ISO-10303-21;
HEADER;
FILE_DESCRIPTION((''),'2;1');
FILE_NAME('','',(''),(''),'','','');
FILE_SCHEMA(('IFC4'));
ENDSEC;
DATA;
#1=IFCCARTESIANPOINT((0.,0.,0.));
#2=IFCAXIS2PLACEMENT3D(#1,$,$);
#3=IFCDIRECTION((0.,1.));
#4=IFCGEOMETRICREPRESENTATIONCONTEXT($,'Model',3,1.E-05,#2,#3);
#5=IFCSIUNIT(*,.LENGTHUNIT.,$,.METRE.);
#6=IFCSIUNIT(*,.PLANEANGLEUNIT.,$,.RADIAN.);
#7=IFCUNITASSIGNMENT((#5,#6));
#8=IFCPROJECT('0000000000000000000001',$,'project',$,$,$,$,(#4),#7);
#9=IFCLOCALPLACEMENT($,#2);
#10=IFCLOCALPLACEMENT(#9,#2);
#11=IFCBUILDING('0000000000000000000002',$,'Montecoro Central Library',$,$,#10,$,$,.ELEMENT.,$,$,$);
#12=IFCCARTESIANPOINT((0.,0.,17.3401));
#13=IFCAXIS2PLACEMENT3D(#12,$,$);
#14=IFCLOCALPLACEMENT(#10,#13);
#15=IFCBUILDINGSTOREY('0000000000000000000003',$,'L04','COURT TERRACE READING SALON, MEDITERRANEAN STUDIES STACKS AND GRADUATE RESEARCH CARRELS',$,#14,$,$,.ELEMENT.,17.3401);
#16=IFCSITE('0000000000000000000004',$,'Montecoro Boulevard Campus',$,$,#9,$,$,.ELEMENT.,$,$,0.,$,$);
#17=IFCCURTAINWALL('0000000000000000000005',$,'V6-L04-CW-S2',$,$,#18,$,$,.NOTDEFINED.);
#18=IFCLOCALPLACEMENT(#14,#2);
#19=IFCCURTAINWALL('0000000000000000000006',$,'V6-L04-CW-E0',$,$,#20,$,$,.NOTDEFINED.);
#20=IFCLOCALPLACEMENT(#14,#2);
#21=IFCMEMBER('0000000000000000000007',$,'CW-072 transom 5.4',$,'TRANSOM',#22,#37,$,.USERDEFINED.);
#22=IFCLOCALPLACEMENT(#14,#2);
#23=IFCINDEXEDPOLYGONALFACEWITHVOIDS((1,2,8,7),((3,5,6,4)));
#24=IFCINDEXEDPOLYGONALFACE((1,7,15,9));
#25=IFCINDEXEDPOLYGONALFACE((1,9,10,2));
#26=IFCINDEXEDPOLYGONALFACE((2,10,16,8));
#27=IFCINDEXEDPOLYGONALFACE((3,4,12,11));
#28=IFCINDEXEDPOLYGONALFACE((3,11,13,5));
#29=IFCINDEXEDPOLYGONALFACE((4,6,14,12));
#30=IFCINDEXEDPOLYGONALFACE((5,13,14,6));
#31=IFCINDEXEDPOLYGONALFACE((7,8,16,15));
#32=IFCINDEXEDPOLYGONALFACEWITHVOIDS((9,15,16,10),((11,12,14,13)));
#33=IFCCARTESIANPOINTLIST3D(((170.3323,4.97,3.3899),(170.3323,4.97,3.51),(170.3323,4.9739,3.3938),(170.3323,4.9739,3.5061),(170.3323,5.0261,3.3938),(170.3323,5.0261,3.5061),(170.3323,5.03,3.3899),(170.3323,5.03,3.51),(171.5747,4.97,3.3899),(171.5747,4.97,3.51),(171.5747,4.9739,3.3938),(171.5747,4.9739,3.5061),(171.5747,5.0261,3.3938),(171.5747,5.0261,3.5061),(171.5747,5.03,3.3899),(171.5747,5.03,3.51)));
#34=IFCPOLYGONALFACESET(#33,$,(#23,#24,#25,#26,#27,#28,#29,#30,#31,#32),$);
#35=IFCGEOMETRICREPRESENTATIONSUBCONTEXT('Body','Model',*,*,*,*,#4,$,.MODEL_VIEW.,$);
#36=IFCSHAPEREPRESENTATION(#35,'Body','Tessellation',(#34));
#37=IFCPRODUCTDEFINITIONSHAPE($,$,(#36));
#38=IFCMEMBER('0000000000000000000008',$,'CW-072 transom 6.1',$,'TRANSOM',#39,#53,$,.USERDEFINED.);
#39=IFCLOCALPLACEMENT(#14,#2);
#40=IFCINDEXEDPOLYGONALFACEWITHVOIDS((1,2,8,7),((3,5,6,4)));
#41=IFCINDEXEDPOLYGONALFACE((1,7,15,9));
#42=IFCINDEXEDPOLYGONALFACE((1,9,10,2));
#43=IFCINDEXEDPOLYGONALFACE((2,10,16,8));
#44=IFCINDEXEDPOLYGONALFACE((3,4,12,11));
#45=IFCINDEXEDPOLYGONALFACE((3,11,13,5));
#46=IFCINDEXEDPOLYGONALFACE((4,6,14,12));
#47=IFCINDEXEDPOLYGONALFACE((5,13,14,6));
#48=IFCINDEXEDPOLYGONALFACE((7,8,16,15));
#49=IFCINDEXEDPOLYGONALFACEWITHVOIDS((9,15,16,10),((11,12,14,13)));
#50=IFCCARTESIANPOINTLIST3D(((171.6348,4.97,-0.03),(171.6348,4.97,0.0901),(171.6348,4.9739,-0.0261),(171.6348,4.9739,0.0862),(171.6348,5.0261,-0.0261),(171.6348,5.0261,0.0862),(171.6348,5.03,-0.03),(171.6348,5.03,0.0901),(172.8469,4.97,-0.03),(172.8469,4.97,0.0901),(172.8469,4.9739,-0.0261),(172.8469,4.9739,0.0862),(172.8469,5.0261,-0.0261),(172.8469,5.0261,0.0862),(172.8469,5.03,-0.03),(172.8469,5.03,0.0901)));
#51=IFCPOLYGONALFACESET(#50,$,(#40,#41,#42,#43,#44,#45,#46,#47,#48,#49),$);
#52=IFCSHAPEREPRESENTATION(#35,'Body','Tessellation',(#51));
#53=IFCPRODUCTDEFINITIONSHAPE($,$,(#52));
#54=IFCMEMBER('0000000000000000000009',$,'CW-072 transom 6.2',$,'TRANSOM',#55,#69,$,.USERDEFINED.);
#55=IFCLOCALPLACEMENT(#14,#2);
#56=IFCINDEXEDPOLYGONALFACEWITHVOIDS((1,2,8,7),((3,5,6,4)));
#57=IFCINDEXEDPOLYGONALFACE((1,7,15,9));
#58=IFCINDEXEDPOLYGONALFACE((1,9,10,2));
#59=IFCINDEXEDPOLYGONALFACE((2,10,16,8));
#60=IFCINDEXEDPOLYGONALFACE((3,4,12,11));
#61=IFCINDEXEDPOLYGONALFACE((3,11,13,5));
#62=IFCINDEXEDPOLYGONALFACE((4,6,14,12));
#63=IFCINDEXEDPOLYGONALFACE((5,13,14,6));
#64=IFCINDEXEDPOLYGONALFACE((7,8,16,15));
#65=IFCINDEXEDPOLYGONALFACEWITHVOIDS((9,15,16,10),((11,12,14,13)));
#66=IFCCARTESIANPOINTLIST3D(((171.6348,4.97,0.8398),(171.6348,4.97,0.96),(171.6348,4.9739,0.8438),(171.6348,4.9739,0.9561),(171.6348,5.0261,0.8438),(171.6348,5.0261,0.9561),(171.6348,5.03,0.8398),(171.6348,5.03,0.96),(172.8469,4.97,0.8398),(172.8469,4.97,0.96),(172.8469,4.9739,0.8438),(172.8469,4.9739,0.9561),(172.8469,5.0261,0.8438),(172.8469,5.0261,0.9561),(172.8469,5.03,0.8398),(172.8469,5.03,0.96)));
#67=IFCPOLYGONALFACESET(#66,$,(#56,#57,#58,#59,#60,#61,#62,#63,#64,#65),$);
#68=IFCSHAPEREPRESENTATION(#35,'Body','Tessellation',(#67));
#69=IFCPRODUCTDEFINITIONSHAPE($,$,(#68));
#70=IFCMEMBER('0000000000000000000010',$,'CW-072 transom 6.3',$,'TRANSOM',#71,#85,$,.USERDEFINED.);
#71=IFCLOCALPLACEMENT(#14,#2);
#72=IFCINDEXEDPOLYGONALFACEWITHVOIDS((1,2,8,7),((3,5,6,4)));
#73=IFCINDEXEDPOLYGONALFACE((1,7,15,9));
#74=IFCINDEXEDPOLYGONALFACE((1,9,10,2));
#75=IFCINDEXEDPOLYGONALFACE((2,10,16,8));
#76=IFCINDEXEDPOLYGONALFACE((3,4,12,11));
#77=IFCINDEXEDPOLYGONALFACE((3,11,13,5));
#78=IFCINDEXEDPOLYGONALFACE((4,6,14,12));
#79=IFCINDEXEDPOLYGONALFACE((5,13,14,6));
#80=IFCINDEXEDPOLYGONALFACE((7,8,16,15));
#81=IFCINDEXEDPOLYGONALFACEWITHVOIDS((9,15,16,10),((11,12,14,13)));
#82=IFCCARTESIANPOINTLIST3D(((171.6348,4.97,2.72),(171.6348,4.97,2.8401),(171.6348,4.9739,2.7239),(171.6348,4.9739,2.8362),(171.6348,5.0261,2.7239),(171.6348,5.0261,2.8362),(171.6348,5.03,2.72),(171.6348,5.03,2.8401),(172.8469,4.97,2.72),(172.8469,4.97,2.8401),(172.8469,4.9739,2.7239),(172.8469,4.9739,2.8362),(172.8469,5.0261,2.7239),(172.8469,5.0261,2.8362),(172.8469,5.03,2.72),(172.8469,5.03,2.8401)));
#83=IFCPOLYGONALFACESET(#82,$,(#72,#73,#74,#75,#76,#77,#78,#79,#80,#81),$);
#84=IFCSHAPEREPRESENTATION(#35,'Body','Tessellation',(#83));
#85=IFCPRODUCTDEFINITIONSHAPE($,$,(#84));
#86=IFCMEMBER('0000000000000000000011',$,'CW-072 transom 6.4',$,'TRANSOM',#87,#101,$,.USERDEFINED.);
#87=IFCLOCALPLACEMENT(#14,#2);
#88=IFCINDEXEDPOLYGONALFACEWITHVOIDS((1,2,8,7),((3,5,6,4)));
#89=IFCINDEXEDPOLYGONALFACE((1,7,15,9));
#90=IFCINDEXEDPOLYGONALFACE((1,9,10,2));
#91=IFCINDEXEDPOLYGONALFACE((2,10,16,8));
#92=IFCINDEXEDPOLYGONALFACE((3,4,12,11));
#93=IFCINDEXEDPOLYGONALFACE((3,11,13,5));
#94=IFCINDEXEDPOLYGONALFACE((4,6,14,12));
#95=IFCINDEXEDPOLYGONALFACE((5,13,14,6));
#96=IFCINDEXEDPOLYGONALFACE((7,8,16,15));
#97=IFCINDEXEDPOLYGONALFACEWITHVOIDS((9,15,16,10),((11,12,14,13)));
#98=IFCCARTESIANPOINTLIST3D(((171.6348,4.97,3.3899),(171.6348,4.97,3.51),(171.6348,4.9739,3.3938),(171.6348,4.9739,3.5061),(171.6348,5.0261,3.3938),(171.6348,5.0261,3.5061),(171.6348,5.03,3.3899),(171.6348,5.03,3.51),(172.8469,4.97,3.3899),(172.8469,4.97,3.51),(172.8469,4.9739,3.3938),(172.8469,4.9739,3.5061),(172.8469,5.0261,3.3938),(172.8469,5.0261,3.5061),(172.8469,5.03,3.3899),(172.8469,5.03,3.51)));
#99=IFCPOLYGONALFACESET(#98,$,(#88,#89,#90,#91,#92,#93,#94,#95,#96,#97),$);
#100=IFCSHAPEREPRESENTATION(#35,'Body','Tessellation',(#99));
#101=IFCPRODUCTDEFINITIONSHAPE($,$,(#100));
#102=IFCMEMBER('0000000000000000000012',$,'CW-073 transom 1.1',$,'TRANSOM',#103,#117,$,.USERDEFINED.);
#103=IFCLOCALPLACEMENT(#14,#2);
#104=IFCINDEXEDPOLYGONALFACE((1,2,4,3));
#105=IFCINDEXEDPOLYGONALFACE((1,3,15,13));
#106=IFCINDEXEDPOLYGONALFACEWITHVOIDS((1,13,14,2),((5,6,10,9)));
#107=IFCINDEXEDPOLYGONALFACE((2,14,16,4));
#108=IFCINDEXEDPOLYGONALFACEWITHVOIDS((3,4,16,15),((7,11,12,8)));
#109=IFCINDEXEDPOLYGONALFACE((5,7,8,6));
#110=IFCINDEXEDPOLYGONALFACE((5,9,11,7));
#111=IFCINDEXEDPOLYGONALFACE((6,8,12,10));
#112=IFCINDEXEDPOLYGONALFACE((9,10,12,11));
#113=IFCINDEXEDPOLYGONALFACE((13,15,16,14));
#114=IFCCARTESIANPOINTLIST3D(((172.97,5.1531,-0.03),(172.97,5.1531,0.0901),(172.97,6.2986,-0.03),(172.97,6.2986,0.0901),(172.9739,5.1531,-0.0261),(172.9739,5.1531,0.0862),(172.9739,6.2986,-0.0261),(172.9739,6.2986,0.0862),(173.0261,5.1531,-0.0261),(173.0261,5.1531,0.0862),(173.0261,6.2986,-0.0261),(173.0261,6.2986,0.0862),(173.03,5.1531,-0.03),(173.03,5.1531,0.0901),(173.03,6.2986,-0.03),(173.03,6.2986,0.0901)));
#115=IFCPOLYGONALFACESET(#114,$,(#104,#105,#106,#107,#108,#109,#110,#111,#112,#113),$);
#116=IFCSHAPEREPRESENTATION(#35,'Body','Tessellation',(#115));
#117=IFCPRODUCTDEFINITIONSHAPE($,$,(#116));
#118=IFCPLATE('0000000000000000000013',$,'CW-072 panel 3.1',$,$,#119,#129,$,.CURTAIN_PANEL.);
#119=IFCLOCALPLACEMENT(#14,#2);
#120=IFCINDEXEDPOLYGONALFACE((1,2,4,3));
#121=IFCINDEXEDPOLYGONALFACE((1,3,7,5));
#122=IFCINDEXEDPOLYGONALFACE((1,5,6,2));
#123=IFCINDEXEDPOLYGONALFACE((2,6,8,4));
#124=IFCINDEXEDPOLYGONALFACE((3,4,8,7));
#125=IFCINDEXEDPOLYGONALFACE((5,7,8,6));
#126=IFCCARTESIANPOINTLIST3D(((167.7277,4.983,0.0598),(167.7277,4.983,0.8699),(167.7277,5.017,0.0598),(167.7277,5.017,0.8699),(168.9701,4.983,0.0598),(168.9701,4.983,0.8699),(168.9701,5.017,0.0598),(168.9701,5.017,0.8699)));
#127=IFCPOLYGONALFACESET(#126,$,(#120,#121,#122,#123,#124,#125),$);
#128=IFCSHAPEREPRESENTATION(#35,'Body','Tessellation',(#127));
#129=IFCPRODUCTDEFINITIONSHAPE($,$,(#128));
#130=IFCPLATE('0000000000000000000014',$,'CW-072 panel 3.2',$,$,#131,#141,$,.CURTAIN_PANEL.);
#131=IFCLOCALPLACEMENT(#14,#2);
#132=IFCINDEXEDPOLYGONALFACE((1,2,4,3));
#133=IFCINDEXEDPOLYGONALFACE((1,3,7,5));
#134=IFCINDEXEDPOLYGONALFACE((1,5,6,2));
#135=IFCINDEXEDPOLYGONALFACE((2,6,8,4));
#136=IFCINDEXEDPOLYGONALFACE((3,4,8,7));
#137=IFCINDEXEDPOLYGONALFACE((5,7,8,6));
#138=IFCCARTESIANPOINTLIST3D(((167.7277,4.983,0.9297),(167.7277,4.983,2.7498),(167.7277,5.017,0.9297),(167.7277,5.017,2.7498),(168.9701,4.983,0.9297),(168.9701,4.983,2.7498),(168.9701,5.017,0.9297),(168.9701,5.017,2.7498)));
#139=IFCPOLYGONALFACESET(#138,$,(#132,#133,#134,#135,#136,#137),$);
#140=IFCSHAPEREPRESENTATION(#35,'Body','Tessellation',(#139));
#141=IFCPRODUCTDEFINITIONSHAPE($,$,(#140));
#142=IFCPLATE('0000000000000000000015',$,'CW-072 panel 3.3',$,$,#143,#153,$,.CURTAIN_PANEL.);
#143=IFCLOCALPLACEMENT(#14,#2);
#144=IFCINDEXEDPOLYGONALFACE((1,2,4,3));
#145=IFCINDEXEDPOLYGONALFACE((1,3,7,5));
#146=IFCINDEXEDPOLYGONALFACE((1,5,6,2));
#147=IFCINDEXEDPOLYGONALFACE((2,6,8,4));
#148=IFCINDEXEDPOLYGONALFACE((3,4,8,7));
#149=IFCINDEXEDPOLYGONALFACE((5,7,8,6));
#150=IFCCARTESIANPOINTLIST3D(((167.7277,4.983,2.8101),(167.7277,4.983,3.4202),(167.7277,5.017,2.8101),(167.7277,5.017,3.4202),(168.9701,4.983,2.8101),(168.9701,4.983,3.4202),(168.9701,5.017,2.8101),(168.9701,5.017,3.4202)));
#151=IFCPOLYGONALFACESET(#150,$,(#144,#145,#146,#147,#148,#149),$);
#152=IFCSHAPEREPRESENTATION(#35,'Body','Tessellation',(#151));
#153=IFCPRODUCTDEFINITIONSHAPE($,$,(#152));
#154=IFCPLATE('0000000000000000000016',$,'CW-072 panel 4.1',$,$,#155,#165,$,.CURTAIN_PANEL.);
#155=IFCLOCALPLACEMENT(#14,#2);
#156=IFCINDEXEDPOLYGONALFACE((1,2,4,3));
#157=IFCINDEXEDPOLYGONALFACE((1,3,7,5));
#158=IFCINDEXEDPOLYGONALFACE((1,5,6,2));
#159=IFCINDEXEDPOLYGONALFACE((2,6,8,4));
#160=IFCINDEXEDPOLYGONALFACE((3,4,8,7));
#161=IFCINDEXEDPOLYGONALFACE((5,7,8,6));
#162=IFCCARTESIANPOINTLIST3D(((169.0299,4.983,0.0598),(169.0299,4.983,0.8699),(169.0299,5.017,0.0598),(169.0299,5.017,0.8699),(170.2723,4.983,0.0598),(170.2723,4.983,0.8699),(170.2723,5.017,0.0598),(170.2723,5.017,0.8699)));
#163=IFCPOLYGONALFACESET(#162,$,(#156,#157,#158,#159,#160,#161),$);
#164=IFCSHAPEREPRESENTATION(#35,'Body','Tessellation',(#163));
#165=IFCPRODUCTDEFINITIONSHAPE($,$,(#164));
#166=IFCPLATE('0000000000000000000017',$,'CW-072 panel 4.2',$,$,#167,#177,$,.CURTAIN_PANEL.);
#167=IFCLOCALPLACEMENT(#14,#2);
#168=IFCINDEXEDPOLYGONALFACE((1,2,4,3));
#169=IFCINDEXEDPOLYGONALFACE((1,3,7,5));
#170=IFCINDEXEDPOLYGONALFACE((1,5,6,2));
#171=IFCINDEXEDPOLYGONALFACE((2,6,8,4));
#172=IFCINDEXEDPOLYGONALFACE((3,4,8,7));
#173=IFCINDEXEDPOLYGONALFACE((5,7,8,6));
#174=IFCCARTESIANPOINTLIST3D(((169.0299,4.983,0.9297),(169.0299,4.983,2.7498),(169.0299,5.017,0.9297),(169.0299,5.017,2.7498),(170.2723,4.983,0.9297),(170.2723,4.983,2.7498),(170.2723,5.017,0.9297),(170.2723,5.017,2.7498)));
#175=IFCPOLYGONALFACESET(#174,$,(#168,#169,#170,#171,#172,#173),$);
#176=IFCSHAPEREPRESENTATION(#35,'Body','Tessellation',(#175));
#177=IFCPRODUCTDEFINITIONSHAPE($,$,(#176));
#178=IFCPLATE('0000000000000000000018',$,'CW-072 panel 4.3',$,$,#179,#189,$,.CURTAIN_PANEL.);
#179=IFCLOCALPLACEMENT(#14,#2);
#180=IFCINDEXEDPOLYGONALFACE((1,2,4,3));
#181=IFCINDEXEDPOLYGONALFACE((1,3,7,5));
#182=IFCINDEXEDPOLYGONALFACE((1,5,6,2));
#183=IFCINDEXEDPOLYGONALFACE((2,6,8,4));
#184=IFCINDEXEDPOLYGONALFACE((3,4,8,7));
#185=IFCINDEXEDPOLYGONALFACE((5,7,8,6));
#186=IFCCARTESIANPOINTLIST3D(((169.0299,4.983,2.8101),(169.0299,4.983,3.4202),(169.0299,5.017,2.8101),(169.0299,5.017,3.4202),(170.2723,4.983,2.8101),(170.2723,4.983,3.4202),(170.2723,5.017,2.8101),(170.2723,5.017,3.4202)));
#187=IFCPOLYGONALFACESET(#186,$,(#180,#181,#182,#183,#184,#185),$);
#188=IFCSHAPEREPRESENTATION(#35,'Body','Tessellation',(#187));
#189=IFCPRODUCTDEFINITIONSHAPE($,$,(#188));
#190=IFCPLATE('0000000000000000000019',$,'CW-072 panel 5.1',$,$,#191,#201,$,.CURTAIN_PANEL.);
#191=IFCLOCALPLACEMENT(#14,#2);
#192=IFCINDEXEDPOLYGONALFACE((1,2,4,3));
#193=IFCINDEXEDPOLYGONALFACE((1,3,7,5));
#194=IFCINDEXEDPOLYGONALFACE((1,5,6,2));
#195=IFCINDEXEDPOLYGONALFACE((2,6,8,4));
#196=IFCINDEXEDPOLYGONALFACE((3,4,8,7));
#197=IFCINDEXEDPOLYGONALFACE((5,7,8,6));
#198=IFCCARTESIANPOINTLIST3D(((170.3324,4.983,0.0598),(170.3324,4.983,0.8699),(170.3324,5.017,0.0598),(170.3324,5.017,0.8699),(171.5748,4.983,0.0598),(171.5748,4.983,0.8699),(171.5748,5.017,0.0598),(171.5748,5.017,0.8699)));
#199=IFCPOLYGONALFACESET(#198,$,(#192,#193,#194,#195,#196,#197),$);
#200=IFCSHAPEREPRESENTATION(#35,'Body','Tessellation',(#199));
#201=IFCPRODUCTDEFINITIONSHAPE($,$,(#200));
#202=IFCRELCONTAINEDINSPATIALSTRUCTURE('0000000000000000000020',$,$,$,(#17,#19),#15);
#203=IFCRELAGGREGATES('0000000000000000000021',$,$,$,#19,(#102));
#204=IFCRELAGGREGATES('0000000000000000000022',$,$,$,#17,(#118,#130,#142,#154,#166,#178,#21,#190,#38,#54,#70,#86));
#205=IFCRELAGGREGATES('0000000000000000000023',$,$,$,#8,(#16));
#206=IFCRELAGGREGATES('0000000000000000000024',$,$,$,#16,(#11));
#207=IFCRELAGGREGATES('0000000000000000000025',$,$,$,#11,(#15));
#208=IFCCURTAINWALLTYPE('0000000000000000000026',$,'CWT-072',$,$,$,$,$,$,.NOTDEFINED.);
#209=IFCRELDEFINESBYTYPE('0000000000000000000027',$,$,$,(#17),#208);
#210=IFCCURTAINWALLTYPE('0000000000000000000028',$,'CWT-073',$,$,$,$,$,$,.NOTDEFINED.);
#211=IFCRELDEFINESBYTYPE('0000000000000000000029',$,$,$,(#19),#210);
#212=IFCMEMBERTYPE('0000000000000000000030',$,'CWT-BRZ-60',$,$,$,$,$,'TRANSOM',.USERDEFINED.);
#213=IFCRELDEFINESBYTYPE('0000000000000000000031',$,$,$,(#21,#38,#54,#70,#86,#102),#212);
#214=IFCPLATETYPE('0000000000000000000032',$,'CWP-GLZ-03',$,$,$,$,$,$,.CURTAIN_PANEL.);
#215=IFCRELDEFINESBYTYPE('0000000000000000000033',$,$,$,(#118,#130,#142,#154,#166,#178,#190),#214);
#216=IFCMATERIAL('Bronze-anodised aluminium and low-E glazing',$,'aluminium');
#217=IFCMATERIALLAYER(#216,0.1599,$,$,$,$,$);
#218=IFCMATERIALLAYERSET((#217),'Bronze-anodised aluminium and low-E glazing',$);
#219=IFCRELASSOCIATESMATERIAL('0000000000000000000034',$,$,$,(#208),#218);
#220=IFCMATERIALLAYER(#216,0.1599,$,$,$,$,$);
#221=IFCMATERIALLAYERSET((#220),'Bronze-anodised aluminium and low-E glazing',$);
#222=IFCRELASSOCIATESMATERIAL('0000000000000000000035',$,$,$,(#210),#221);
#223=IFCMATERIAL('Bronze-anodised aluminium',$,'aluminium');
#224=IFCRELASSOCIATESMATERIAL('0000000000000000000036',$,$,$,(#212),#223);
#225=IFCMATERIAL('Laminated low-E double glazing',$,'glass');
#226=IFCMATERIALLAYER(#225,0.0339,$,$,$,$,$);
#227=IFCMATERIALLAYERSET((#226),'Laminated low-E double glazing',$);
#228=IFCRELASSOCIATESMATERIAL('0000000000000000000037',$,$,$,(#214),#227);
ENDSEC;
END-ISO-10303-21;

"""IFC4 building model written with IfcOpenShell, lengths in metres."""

from ifc_helpers import new_model, si_unit, direction, frame, origin, origin_2d, place, context, subcontext, project, spatial, rectangle, hollow_rectangle, extrude, material, layer, layer_set, material_profile, profile_set, type_object, element, aggregate, save


model = new_model("IFC4")

# Units and contexts
model_context = context("Model", 3, precision=1e-05, world=origin(), true_north=direction((0.0, 1.0)))
body_context = subcontext(model_context, "Body", "Model", "MODEL_VIEW")
ifc_project = project(units=[si_unit("LENGTHUNIT", "METRE"), si_unit("PLANEANGLEUNIT", "RADIAN")], contexts=[model_context])

# Site, building, storey
site_placement = place(None, origin())
site = spatial("IfcSite", under=ifc_project, at=site_placement, Name="Montecoro Boulevard Campus", CompositionType="ELEMENT", RefElevation=0.0)
building_placement = place(site_placement, origin())
building = spatial("IfcBuilding", under=site, at=building_placement, Name="Montecoro Central Library", CompositionType="ELEMENT")
storey_placement = place(building_placement, frame((0.0, 0.0, 17.3401)))
storey = spatial("IfcBuildingStorey", under=building, at=storey_placement, Name="L04", Description="COURT TERRACE READING SALON, MEDITERRANEAN STUDIES STACKS AND GRADUATE RESEARCH CARRELS", CompositionType="ELEMENT", Elevation=17.3401)

# Curtain wall
ifc_material_1 = material(Name="Bronze-anodised aluminium and low-E glazing", Category="aluminium")
ifc_layer_1 = layer(ifc_material_1, 0.1599)
ifc_layer_set_1 = layer_set([ifc_layer_1], Name="Bronze-anodised aluminium and low-E glazing")
curtain_wall_type_1 = type_object("IfcCurtainWallType", Name="CWT-072", PredefinedType="NOTDEFINED", material=ifc_layer_set_1)
curtain_wall_1_placement = place(storey_placement, origin())
curtain_wall_1 = element("IfcCurtainWall", 1, at=curtain_wall_1_placement, inside=storey, type_object=curtain_wall_type_1, Name="V6-L04-CW-S2", PredefinedType="NOTDEFINED")
ifc_material_2 = material(Name="Bronze-anodised aluminium", Category="aluminium")

# Curtain wall
ifc_layer_2 = layer(ifc_material_1, 0.1599)
ifc_layer_set_2 = layer_set([ifc_layer_2], Name="Bronze-anodised aluminium and low-E glazing")
curtain_wall_type_2 = type_object("IfcCurtainWallType", Name="CWT-073", PredefinedType="NOTDEFINED", material=ifc_layer_set_2)
curtain_wall_2_placement = place(storey_placement, origin())
curtain_wall_2 = element("IfcCurtainWall", 2, at=curtain_wall_2_placement, inside=storey, type_object=curtain_wall_type_2, Name="V6-L04-CW-E0", PredefinedType="NOTDEFINED")

# Members
ifc_material_profile_1 = material_profile(ifc_material_2, hollow_rectangle(XDim=0.0601, YDim=0.1201, WallThickness=0.0039, at=origin_2d()), Name="CWT 120x60x4.0")
ifc_profile_set_1 = profile_set([ifc_material_profile_1], Name="Bronze-anodised aluminium")
member_type_1 = type_object("IfcMemberType", Name="CWT-BRZ-60", ElementType="TRANSOM", PredefinedType="USERDEFINED", material=ifc_profile_set_1)
member_1_placement = place(storey_placement, frame((170.3323, 5.0, 3.45), z_axis=(1.0, 0.0, 0.0), x_axis=(0.0, 1.0, 0.0)))
member_1 = element("IfcMember", 3, at=member_1_placement, type_object=member_type_1, Name="CW-072 transom 5.4", ObjectType="TRANSOM", PredefinedType="USERDEFINED", context=body_context, shape_type="SweptSolid", body=[
    extrude(hollow_rectangle(XDim=0.0601, YDim=0.1201, WallThickness=0.0039, at=origin_2d()), origin(), (0.0, 0.0, 1.0), 1.2424),
])
member_2_placement = place(storey_placement, frame((171.6348, 5.0, 0.03), z_axis=(1.0, 0.0, 0.0), x_axis=(0.0, 1.0, 0.0)))
member_2 = element("IfcMember", 4, at=member_2_placement, type_object=member_type_1, Name="CW-072 transom 6.1", ObjectType="TRANSOM", PredefinedType="USERDEFINED", context=body_context, shape_type="SweptSolid", body=[
    extrude(hollow_rectangle(XDim=0.0601, YDim=0.1201, WallThickness=0.0039, at=origin_2d()), origin(), (0.0, 0.0, 1.0), 1.2122),
])
member_3_placement = place(storey_placement, frame((171.6348, 5.0, 0.8999), z_axis=(1.0, 0.0, 0.0), x_axis=(0.0, 1.0, 0.0)))
member_3 = element("IfcMember", 5, at=member_3_placement, type_object=member_type_1, Name="CW-072 transom 6.2", ObjectType="TRANSOM", PredefinedType="USERDEFINED", context=body_context, shape_type="SweptSolid", body=[
    extrude(hollow_rectangle(XDim=0.0601, YDim=0.1201, WallThickness=0.0039, at=origin_2d()), origin(), (0.0, 0.0, 1.0), 1.2122),
])
member_4_placement = place(storey_placement, frame((171.6348, 5.0, 2.78), z_axis=(1.0, 0.0, 0.0), x_axis=(0.0, 1.0, 0.0)))
member_4 = element("IfcMember", 6, at=member_4_placement, type_object=member_type_1, Name="CW-072 transom 6.3", ObjectType="TRANSOM", PredefinedType="USERDEFINED", context=body_context, shape_type="SweptSolid", body=[
    extrude(hollow_rectangle(XDim=0.0601, YDim=0.1201, WallThickness=0.0039, at=origin_2d()), origin(), (0.0, 0.0, 1.0), 1.2122),
])
member_5_placement = place(storey_placement, frame((171.6348, 5.0, 3.45), z_axis=(1.0, 0.0, 0.0), x_axis=(0.0, 1.0, 0.0)))
member_5 = element("IfcMember", 7, at=member_5_placement, type_object=member_type_1, Name="CW-072 transom 6.4", ObjectType="TRANSOM", PredefinedType="USERDEFINED", context=body_context, shape_type="SweptSolid", body=[
    extrude(hollow_rectangle(XDim=0.0601, YDim=0.1201, WallThickness=0.0039, at=origin_2d()), origin(), (0.0, 0.0, 1.0), 1.2122),
])
member_6_placement = place(storey_placement, frame((173.0, 5.1531, 0.03), z_axis=(0.0, 1.0, 0.0), x_axis=(-1.0, 0.0, 0.0)))
member_6 = element("IfcMember", 8, at=member_6_placement, type_object=member_type_1, Name="CW-073 transom 1.1", ObjectType="TRANSOM", PredefinedType="USERDEFINED", context=body_context, shape_type="SweptSolid", body=[
    extrude(hollow_rectangle(XDim=0.0601, YDim=0.1201, WallThickness=0.0039, at=origin_2d()), origin(), (0.0, 0.0, 1.0), 1.1455),
])
aggregate(curtain_wall_2, [member_6])

# Plates
ifc_material_3 = material(Name="Laminated low-E double glazing", Category="glass")
ifc_layer_3 = layer(ifc_material_3, 0.0339)
ifc_layer_set_3 = layer_set([ifc_layer_3], Name="Laminated low-E double glazing")
plate_type_1 = type_object("IfcPlateType", Name="CWP-GLZ-03", PredefinedType="CURTAIN_PANEL", material=ifc_layer_set_3)
plate_1_placement = place(storey_placement, frame((168.3489, 5.0, 0.0598), z_axis=(0.0, 0.0, 1.0), x_axis=(1.0, 0.0, 0.0)))
plate_1 = element("IfcPlate", 9, at=plate_1_placement, type_object=plate_type_1, Name="CW-072 panel 3.1", PredefinedType="CURTAIN_PANEL", context=body_context, shape_type="SweptSolid", body=[
    extrude(rectangle(XDim=1.2424, YDim=0.0339, at=origin_2d()), origin(), (0.0, 0.0, 1.0), 0.8101),
])
plate_2_placement = place(storey_placement, frame((168.3489, 5.0, 0.9297), z_axis=(0.0, 0.0, 1.0), x_axis=(1.0, 0.0, 0.0)))
plate_2 = element("IfcPlate", 10, at=plate_2_placement, type_object=plate_type_1, Name="CW-072 panel 3.2", PredefinedType="CURTAIN_PANEL", context=body_context, shape_type="SweptSolid", body=[
    extrude(rectangle(XDim=1.2424, YDim=0.0339, at=origin_2d()), origin(), (0.0, 0.0, 1.0), 1.8201),
])
plate_3_placement = place(storey_placement, frame((168.3489, 5.0, 2.8101), z_axis=(0.0, 0.0, 1.0), x_axis=(1.0, 0.0, 0.0)))
plate_3 = element("IfcPlate", 11, at=plate_3_placement, type_object=plate_type_1, Name="CW-072 panel 3.3", PredefinedType="CURTAIN_PANEL", context=body_context, shape_type="SweptSolid", body=[
    extrude(rectangle(XDim=1.2424, YDim=0.0339, at=origin_2d()), origin(), (0.0, 0.0, 1.0), 0.6101),
])
plate_4_placement = place(storey_placement, frame((169.6511, 5.0, 0.0598), z_axis=(0.0, 0.0, 1.0), x_axis=(1.0, 0.0, 0.0)))
plate_4 = element("IfcPlate", 12, at=plate_4_placement, type_object=plate_type_1, Name="CW-072 panel 4.1", PredefinedType="CURTAIN_PANEL", context=body_context, shape_type="SweptSolid", body=[
    extrude(rectangle(XDim=1.2424, YDim=0.0339, at=origin_2d()), origin(), (0.0, 0.0, 1.0), 0.8101),
])
plate_5_placement = place(storey_placement, frame((169.6511, 5.0, 0.9297), z_axis=(0.0, 0.0, 1.0), x_axis=(1.0, 0.0, 0.0)))
plate_5 = element("IfcPlate", 13, at=plate_5_placement, type_object=plate_type_1, Name="CW-072 panel 4.2", PredefinedType="CURTAIN_PANEL", context=body_context, shape_type="SweptSolid", body=[
    extrude(rectangle(XDim=1.2424, YDim=0.0339, at=origin_2d()), origin(), (0.0, 0.0, 1.0), 1.8201),
])
plate_6_placement = place(storey_placement, frame((169.6511, 5.0, 2.8101), z_axis=(0.0, 0.0, 1.0), x_axis=(1.0, 0.0, 0.0)))
plate_6 = element("IfcPlate", 14, at=plate_6_placement, type_object=plate_type_1, Name="CW-072 panel 4.3", PredefinedType="CURTAIN_PANEL", context=body_context, shape_type="SweptSolid", body=[
    extrude(rectangle(XDim=1.2424, YDim=0.0339, at=origin_2d()), origin(), (0.0, 0.0, 1.0), 0.6101),
])
plate_7_placement = place(storey_placement, frame((170.9536, 5.0, 0.0598), z_axis=(0.0, 0.0, 1.0), x_axis=(1.0, 0.0, 0.0)))
plate_7 = element("IfcPlate", 15, at=plate_7_placement, type_object=plate_type_1, Name="CW-072 panel 5.1", PredefinedType="CURTAIN_PANEL", context=body_context, shape_type="SweptSolid", body=[
    extrude(rectangle(XDim=1.2424, YDim=0.0339, at=origin_2d()), origin(), (0.0, 0.0, 1.0), 0.8101),
])
aggregate(curtain_wall_1, [plate_1, plate_2, plate_3, plate_4, plate_5, plate_6, member_1, plate_7, member_2, member_3, member_4, member_5])

save(model, "model.ifc")
